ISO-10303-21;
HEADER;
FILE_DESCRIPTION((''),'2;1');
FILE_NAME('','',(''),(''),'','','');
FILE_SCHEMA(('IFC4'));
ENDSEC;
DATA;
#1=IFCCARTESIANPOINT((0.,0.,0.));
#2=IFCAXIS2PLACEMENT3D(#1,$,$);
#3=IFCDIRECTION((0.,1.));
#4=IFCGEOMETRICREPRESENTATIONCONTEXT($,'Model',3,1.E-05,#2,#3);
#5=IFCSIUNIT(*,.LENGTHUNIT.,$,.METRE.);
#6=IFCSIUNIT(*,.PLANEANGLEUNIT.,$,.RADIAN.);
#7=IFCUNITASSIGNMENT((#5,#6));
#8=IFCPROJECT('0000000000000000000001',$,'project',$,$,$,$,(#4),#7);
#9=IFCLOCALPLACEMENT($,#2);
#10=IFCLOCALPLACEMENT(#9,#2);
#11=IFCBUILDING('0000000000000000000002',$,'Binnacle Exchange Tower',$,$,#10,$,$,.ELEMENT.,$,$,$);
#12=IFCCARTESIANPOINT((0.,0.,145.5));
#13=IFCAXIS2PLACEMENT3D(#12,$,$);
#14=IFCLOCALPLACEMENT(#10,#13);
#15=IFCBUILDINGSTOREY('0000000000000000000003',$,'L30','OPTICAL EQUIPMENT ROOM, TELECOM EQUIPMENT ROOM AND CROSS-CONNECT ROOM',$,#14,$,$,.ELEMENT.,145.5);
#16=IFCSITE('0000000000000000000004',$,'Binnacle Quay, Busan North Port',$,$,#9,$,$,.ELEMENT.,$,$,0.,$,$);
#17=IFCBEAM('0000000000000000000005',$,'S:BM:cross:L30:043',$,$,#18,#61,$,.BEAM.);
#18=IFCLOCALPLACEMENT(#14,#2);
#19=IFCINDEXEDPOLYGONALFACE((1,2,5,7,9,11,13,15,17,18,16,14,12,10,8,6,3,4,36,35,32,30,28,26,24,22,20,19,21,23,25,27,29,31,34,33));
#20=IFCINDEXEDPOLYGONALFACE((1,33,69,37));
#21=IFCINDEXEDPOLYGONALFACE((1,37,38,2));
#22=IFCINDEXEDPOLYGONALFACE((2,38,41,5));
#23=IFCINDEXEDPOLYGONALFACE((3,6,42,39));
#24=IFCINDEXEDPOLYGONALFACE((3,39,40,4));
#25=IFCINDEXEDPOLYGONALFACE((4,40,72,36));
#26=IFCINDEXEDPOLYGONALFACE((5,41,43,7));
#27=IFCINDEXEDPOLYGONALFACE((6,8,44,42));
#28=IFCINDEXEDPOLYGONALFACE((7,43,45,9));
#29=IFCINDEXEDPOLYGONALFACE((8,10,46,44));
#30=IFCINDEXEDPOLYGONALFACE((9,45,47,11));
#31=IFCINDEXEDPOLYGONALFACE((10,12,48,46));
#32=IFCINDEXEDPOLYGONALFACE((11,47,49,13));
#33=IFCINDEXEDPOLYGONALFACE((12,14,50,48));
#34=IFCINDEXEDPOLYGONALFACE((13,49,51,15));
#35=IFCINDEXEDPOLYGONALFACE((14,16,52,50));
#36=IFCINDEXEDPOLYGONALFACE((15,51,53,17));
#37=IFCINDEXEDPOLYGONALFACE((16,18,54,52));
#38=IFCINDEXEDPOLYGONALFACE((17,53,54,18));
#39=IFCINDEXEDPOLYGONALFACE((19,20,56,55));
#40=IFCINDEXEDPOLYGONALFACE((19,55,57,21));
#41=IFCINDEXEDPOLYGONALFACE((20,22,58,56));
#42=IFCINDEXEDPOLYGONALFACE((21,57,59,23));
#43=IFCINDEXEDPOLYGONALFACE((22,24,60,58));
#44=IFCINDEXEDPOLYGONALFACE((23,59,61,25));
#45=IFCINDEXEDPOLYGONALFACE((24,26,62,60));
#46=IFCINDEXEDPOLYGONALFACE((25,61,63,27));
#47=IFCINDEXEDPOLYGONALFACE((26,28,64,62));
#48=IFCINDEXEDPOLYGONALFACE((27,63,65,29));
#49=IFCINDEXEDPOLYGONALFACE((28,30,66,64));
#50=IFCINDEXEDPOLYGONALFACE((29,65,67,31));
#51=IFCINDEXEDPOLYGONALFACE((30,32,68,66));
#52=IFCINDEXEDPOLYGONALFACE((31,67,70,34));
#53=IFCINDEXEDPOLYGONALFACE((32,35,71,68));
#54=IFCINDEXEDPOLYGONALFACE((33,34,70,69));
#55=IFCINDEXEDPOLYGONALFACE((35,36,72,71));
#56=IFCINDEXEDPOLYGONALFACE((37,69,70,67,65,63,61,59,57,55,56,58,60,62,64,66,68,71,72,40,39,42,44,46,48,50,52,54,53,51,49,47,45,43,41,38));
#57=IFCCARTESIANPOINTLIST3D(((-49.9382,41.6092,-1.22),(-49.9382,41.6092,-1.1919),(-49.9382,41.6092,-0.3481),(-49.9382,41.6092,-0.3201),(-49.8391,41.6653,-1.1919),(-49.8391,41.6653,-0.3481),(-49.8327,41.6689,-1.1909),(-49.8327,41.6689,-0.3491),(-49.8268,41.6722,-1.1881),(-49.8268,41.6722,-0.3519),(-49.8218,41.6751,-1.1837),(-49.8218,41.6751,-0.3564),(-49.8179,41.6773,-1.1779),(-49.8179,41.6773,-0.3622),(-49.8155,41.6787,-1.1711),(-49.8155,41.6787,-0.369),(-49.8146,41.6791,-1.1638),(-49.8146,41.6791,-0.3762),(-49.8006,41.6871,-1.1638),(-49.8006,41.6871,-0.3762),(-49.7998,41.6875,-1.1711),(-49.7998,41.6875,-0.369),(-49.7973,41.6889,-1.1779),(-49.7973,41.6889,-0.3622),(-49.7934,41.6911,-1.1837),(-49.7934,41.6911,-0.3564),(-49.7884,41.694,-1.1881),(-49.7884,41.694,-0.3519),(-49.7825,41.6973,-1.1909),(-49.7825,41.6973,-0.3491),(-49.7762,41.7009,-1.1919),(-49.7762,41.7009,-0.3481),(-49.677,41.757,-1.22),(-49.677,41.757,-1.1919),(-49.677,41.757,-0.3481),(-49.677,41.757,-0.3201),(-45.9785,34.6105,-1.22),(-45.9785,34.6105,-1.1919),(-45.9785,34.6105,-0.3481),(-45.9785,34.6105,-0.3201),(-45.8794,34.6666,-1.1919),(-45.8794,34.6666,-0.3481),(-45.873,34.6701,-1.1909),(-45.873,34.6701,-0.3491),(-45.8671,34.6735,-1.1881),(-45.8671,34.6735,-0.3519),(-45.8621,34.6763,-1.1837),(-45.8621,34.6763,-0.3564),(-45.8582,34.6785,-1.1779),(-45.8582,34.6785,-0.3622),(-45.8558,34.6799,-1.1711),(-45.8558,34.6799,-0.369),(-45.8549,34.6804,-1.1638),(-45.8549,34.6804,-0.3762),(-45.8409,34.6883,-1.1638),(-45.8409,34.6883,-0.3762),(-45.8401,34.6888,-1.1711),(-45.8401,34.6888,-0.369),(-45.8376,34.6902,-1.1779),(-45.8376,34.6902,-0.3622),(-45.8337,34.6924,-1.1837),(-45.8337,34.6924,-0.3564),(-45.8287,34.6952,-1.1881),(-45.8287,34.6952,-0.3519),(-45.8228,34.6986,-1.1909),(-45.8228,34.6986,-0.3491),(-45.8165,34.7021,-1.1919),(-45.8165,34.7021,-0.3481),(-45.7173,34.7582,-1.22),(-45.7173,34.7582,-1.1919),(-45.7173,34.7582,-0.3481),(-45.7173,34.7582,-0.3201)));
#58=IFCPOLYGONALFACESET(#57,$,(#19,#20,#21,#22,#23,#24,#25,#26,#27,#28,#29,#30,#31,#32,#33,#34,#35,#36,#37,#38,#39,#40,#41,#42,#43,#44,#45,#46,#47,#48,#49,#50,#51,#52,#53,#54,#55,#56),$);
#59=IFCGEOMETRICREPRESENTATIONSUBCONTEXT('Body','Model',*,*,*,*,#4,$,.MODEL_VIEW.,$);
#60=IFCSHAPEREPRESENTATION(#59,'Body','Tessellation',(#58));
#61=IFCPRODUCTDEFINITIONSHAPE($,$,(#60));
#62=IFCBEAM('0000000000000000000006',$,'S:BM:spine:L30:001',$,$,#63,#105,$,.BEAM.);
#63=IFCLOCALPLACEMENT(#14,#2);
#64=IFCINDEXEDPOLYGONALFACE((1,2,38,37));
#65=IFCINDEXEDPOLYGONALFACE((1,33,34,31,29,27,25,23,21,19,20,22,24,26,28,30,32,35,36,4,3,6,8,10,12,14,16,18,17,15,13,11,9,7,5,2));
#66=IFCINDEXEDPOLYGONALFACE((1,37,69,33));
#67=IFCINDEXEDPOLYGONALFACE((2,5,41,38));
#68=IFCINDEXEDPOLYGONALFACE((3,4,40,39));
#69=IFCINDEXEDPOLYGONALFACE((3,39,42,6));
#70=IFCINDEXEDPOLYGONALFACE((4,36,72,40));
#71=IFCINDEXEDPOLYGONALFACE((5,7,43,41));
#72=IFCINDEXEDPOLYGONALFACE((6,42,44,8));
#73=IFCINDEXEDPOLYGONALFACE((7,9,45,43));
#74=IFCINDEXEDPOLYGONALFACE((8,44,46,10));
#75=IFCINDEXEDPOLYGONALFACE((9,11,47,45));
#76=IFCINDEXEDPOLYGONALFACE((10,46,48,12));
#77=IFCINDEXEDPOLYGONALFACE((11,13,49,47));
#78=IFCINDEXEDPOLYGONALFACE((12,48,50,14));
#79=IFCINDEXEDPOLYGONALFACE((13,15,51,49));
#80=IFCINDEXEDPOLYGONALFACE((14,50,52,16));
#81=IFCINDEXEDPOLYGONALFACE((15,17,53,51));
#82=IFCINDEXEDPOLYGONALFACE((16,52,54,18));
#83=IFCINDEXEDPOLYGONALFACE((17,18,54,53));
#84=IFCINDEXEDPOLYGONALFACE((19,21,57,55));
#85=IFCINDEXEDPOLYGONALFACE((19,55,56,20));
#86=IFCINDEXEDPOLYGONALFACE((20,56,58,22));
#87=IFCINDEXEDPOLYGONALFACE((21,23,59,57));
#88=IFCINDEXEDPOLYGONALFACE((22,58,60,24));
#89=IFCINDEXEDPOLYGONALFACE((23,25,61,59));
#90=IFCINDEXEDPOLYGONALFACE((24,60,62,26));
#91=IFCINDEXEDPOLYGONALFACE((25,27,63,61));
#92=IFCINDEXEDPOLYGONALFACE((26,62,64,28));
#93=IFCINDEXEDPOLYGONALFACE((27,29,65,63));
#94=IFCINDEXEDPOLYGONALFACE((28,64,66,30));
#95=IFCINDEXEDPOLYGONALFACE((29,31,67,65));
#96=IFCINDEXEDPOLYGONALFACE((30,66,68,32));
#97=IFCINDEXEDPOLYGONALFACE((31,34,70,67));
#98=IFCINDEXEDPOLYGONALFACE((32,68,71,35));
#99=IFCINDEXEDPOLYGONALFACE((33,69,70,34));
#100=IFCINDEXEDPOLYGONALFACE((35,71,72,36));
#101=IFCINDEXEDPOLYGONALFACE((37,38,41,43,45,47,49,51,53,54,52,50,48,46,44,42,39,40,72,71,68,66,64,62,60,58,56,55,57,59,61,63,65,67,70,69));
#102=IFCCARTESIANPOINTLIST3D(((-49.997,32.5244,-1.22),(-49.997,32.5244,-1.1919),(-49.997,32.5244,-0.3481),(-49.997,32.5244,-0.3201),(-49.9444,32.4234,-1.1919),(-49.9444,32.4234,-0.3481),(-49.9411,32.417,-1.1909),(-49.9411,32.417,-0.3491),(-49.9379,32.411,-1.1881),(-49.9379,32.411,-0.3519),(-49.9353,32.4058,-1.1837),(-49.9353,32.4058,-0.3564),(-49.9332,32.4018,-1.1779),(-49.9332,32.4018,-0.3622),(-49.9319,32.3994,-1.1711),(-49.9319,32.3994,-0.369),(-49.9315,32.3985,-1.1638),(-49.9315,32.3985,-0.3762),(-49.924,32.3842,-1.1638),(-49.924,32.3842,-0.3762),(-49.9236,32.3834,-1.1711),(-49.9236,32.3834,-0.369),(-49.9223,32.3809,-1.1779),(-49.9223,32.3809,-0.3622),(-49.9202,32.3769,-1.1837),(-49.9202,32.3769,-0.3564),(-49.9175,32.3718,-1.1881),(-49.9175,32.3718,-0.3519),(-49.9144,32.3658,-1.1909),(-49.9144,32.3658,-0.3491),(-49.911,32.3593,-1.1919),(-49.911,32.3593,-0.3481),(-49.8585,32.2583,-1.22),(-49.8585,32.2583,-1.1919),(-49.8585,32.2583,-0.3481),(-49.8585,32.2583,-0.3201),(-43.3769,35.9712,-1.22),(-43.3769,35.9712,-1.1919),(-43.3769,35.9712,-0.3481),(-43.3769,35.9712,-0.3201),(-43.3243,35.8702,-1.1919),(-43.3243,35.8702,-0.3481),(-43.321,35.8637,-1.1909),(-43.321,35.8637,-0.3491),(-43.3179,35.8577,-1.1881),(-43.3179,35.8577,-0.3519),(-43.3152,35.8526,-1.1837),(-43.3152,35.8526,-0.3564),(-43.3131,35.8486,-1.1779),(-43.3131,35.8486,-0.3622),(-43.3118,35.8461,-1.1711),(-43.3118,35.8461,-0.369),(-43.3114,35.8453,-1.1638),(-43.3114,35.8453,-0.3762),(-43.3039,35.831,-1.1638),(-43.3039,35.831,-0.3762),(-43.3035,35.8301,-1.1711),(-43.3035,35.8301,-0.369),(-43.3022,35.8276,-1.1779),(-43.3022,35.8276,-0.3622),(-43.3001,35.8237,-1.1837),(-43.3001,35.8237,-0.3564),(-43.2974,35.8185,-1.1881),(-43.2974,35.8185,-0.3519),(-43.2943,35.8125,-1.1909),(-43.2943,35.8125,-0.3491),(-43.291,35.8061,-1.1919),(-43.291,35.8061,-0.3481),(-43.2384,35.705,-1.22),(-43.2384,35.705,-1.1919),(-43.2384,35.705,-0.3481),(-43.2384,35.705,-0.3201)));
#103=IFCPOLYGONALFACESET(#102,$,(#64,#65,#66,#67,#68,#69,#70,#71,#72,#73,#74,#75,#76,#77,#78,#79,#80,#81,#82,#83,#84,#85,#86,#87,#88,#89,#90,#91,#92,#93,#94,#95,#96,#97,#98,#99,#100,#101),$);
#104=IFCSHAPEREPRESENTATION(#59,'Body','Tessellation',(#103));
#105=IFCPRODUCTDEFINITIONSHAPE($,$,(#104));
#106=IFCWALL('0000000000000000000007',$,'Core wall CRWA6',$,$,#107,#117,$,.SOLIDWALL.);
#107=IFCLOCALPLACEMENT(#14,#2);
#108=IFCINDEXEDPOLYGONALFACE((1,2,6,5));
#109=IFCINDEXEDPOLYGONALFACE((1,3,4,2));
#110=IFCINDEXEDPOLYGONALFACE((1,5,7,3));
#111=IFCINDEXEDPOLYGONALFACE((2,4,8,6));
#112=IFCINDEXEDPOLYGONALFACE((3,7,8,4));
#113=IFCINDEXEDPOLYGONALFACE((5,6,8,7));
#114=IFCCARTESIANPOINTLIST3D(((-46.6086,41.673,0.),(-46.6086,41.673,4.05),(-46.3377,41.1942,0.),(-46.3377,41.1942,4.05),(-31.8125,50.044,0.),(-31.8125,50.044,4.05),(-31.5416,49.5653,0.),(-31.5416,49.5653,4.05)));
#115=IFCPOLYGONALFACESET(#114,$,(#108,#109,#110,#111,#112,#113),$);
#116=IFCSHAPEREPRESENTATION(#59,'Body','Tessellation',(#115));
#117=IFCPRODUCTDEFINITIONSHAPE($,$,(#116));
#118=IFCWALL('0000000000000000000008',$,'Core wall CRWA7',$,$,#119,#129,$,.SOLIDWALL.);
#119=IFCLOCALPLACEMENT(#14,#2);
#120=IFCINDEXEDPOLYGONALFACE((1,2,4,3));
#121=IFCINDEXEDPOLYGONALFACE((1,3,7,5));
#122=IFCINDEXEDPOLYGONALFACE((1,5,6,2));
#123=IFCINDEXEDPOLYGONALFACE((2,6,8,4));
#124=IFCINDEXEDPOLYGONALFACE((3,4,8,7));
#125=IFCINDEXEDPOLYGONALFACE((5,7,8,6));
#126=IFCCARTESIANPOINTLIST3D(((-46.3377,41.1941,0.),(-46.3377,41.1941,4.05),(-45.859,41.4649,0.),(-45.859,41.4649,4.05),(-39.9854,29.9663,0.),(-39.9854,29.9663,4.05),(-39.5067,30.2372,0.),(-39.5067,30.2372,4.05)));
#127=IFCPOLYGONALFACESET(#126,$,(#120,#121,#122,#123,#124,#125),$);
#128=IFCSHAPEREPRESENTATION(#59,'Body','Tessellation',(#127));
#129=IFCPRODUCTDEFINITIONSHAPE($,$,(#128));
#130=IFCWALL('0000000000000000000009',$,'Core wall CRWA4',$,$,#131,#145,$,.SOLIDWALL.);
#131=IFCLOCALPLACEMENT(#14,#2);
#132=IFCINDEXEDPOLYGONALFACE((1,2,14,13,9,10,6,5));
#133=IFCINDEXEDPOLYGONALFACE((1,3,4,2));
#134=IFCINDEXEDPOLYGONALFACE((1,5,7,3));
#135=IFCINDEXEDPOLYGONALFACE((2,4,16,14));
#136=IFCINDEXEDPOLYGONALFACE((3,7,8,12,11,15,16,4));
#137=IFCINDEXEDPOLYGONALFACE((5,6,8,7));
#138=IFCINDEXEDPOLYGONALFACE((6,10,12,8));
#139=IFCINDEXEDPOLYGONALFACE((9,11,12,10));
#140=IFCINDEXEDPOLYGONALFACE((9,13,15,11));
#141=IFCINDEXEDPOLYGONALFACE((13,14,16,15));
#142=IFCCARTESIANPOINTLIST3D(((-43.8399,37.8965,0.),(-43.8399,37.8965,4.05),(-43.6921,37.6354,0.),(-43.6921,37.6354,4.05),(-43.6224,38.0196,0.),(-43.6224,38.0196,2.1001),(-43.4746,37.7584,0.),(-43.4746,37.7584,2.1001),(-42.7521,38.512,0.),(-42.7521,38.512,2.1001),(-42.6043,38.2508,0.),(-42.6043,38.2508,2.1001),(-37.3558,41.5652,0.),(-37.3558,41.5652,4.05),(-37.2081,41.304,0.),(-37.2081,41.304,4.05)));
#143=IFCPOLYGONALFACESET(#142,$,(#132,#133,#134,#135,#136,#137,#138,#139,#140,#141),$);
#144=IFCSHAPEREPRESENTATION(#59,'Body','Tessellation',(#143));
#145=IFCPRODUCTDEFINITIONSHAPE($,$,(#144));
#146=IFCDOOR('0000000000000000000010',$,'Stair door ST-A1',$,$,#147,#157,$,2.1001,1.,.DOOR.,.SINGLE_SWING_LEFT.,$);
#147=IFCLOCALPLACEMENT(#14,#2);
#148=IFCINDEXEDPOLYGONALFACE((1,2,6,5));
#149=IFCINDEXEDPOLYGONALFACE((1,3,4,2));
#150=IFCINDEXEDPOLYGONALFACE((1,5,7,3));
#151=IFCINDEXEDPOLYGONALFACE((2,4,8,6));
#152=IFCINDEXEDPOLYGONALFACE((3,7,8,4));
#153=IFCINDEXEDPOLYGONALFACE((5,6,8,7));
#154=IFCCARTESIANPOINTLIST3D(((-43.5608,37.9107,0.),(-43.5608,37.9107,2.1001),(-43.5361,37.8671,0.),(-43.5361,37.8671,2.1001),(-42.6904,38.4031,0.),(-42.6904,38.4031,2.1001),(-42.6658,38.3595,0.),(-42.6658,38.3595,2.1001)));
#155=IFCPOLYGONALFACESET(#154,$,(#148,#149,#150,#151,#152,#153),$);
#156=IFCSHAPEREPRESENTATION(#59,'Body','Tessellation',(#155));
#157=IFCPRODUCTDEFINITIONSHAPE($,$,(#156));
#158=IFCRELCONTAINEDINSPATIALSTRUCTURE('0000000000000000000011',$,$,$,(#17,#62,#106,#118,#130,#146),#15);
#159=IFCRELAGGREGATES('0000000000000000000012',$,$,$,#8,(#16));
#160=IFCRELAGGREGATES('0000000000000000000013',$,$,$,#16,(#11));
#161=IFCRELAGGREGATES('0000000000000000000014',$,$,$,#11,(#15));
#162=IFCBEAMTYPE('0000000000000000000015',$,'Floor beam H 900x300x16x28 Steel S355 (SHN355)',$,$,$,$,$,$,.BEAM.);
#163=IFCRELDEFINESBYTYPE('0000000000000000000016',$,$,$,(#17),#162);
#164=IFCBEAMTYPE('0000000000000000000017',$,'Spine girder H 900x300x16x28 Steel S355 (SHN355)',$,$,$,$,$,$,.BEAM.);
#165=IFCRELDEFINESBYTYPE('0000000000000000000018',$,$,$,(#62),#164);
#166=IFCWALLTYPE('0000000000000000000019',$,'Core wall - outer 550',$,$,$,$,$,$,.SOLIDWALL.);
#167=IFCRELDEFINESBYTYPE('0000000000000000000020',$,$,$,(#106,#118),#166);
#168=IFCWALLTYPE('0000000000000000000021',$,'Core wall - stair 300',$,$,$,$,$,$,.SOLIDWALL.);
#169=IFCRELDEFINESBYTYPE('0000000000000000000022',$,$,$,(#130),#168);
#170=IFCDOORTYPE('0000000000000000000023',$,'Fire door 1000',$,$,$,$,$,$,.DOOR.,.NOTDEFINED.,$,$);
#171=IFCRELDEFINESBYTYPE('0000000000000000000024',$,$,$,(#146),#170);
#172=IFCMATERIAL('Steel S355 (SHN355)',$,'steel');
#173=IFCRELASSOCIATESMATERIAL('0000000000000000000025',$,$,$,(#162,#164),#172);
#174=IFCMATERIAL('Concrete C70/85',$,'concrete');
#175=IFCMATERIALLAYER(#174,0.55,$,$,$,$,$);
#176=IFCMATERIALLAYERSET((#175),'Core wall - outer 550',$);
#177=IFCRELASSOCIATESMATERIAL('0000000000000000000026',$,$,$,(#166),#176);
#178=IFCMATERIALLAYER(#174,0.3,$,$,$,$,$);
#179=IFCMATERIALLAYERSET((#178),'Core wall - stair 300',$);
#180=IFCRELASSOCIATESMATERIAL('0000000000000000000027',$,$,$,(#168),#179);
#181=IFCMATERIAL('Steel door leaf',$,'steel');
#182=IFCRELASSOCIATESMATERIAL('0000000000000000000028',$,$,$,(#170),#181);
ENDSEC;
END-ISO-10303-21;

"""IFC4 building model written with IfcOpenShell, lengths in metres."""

from ifc_helpers import new_model, si_unit, direction, frame, frame_2d, origin, origin_2d, place, context, subcontext, project, spatial, rectangle, i_section, extrude, material, layer, layer_set, material_profile, profile_set, type_object, element, fill, save


model = new_model("IFC4")

# Units and contexts
model_context = context("Model", 3, precision=1e-05, world=origin(), true_north=direction((0.0, 1.0)))
body_context = subcontext(model_context, "Body", "Model", "MODEL_VIEW")
ifc_project = project(units=[si_unit("LENGTHUNIT", "METRE"), si_unit("PLANEANGLEUNIT", "RADIAN")], contexts=[model_context])

# Site, building, storey
site_placement = place(None, origin())
site = spatial("IfcSite", under=ifc_project, at=site_placement, Name="Binnacle Quay, Busan North Port", CompositionType="ELEMENT", RefElevation=0.0)
building_placement = place(site_placement, origin())
building = spatial("IfcBuilding", under=site, at=building_placement, Name="Binnacle Exchange Tower", CompositionType="ELEMENT")
storey_placement = place(building_placement, frame((0.0, 0.0, 145.5)))
storey = spatial("IfcBuildingStorey", under=building, at=storey_placement, Name="L30", Description="OPTICAL EQUIPMENT ROOM, TELECOM EQUIPMENT ROOM AND CROSS-CONNECT ROOM", CompositionType="ELEMENT", Elevation=145.5)

# Shared definitions
ifc_material_1 = material(Name="Concrete C70/85", Category="concrete")

# Beams
ifc_material_2 = material(Name="Steel S355 (SHN355)", Category="steel")
ifc_material_profile_1 = material_profile(ifc_material_2, i_section(OverallWidth=0.3, OverallDepth=0.8999, WebThickness=0.0161, FlangeThickness=0.0281, FilletRadius=0.0281, at=origin_2d()), Name="H 900x300x16x28")
ifc_profile_set_1 = profile_set([ifc_material_profile_1], Name="Steel S355 (SHN355)")
beam_type_1 = type_object("IfcBeamType", Name="Floor beam H 900x300x16x28 Steel S355 (SHN355)", PredefinedType="BEAM", material=ifc_profile_set_1)
beam_1_placement = place(storey_placement, frame((-49.8076, 41.6831, -0.77), z_axis=(0.492423, -0.870356, 0.0), x_axis=(0.870356, 0.492423, 0.0)))
element("IfcBeam", 1, at=beam_1_placement, inside=storey, type_object=beam_type_1, Name="S:BM:cross:L30:043", PredefinedType="BEAM", context=body_context, shape_type="SweptSolid", body=[
    extrude(i_section(OverallWidth=0.3, OverallDepth=0.8999, WebThickness=0.0161, FlangeThickness=0.0281, FilletRadius=0.0281, at=origin_2d()), origin(), (0.0, 0.0, 1.0), 8.0413),
])
ifc_material_profile_2 = material_profile(ifc_material_2, i_section(OverallWidth=0.3, OverallDepth=0.8999, WebThickness=0.0161, FlangeThickness=0.0281, FilletRadius=0.0281, at=origin_2d()), Name="H 900x300x16x28")
ifc_profile_set_2 = profile_set([ifc_material_profile_2], Name="Steel S355 (SHN355)")
beam_type_2 = type_object("IfcBeamType", Name="Spine girder H 900x300x16x28 Steel S355 (SHN355)", PredefinedType="BEAM", material=ifc_profile_set_2)
beam_2_placement = place(storey_placement, frame((-49.9277, 32.3914, -0.77), z_axis=(0.88698, 0.461808, 0.0), x_axis=(-0.461808, 0.88698, 0.0)))
element("IfcBeam", 2, at=beam_2_placement, inside=storey, type_object=beam_type_2, Name="S:BM:spine:L30:001", PredefinedType="BEAM", context=body_context, shape_type="SweptSolid", body=[
    extrude(i_section(OverallWidth=0.3, OverallDepth=0.8999, WebThickness=0.0161, FlangeThickness=0.0281, FilletRadius=0.0281, at=origin_2d()), origin(), (0.0, 0.0, 1.0), 7.4636),
])

# Walls
ifc_layer_1 = layer(ifc_material_1, 0.55)
ifc_layer_set_1 = layer_set([ifc_layer_1], Name="Core wall - outer 550")
wall_type_1 = type_object("IfcWallType", Name="Core wall - outer 550", PredefinedType="SOLIDWALL", material=ifc_layer_set_1)
wall_1_placement = place(storey_placement, frame((-46.4731, 41.4336, 0.0), z_axis=(0.0, 0.0, 1.0), x_axis=(0.87036, 0.492416, 0.0)))
element("IfcWall", 3, at=wall_1_placement, inside=storey, type_object=wall_type_1, Name="Core wall CRWA6", PredefinedType="SOLIDWALL", context=body_context, shape_type="SweptSolid", body=[
    extrude(rectangle(XDim=17.0, YDim=0.55, at=frame_2d((8.5, 0.0))), origin(), (0.0, 0.0, 1.0), 4.05),
])
wall_2_placement = place(storey_placement, frame((-46.0984, 41.3296, 0.0), z_axis=(0.0, 0.0, 1.0), x_axis=(0.492419, -0.870358, 0.0)))
element("IfcWall", 4, at=wall_2_placement, inside=storey, type_object=wall_type_1, Name="Core wall CRWA7", PredefinedType="SOLIDWALL", context=body_context, shape_type="SweptSolid", body=[
    extrude(rectangle(XDim=12.9001, YDim=0.55, at=frame_2d((6.4502, 0.0))), origin(), (0.0, 0.0, 1.0), 4.05),
])

# Wall, opening, door
ifc_layer_2 = layer(ifc_material_1, 0.3)
ifc_layer_set_2 = layer_set([ifc_layer_2], Name="Core wall - stair 300")
wall_type_2 = type_object("IfcWallType", Name="Core wall - stair 300", PredefinedType="SOLIDWALL", material=ifc_layer_set_2)
wall_3_placement = place(storey_placement, frame((-43.7661, 37.7659, 0.0), z_axis=(0.0, 0.0, 1.0), x_axis=(0.870347, 0.492439, 0.0)))
wall_3 = element("IfcWall", 5, at=wall_3_placement, inside=storey, type_object=wall_type_2, Name="Core wall CRWA4", PredefinedType="SOLIDWALL", context=body_context, shape_type="SweptSolid", body=[
    extrude(rectangle(XDim=7.45, YDim=0.3, at=frame_2d((3.7251, 0.0))), origin(), (0.0, 0.0, 1.0), 4.05),
])
opening_1_placement = place(wall_3_placement, frame((0.25, 0.0, 0.0)))
opening_1 = element("IfcOpeningElement", 6, at=opening_1_placement, cuts=wall_3, PredefinedType="OPENING", context=body_context, shape_type="SweptSolid", body=[
    extrude(rectangle(XDim=1.0, YDim=2.1001, at=frame_2d((0.5, 1.05))), frame((0.0, 0.1599, 0.0), z_axis=(0.0, -1.0, 0.0), x_axis=(1.0, 0.0, 0.0)), (0.0, 0.0, 1.0), 0.3201),
])
ifc_material_3 = material(Name="Steel door leaf", Category="steel")
door_type = type_object("IfcDoorType", Name="Fire door 1000", OperationType="NOTDEFINED", PredefinedType="DOOR", material=ifc_material_3)
door_placement = place(opening_1_placement, origin())
door = element("IfcDoor", 7, at=door_placement, inside=storey, type_object=door_type, Name="Stair door ST-A1", OperationType="SINGLE_SWING_LEFT", OverallHeight=2.1001, OverallWidth=1.0, PredefinedType="DOOR", context=body_context, shape_type="SweptSolid", body=[
    extrude(rectangle(XDim=1.0, YDim=2.1001, at=frame_2d((0.5, 1.05))), frame((0.0, 0.0249, 0.0), z_axis=(0.0, -1.0, 0.0), x_axis=(1.0, 0.0, 0.0)), (0.0, 0.0, 1.0), 0.05),
])
fill(opening_1, door)

save(model, "model.ifc")
